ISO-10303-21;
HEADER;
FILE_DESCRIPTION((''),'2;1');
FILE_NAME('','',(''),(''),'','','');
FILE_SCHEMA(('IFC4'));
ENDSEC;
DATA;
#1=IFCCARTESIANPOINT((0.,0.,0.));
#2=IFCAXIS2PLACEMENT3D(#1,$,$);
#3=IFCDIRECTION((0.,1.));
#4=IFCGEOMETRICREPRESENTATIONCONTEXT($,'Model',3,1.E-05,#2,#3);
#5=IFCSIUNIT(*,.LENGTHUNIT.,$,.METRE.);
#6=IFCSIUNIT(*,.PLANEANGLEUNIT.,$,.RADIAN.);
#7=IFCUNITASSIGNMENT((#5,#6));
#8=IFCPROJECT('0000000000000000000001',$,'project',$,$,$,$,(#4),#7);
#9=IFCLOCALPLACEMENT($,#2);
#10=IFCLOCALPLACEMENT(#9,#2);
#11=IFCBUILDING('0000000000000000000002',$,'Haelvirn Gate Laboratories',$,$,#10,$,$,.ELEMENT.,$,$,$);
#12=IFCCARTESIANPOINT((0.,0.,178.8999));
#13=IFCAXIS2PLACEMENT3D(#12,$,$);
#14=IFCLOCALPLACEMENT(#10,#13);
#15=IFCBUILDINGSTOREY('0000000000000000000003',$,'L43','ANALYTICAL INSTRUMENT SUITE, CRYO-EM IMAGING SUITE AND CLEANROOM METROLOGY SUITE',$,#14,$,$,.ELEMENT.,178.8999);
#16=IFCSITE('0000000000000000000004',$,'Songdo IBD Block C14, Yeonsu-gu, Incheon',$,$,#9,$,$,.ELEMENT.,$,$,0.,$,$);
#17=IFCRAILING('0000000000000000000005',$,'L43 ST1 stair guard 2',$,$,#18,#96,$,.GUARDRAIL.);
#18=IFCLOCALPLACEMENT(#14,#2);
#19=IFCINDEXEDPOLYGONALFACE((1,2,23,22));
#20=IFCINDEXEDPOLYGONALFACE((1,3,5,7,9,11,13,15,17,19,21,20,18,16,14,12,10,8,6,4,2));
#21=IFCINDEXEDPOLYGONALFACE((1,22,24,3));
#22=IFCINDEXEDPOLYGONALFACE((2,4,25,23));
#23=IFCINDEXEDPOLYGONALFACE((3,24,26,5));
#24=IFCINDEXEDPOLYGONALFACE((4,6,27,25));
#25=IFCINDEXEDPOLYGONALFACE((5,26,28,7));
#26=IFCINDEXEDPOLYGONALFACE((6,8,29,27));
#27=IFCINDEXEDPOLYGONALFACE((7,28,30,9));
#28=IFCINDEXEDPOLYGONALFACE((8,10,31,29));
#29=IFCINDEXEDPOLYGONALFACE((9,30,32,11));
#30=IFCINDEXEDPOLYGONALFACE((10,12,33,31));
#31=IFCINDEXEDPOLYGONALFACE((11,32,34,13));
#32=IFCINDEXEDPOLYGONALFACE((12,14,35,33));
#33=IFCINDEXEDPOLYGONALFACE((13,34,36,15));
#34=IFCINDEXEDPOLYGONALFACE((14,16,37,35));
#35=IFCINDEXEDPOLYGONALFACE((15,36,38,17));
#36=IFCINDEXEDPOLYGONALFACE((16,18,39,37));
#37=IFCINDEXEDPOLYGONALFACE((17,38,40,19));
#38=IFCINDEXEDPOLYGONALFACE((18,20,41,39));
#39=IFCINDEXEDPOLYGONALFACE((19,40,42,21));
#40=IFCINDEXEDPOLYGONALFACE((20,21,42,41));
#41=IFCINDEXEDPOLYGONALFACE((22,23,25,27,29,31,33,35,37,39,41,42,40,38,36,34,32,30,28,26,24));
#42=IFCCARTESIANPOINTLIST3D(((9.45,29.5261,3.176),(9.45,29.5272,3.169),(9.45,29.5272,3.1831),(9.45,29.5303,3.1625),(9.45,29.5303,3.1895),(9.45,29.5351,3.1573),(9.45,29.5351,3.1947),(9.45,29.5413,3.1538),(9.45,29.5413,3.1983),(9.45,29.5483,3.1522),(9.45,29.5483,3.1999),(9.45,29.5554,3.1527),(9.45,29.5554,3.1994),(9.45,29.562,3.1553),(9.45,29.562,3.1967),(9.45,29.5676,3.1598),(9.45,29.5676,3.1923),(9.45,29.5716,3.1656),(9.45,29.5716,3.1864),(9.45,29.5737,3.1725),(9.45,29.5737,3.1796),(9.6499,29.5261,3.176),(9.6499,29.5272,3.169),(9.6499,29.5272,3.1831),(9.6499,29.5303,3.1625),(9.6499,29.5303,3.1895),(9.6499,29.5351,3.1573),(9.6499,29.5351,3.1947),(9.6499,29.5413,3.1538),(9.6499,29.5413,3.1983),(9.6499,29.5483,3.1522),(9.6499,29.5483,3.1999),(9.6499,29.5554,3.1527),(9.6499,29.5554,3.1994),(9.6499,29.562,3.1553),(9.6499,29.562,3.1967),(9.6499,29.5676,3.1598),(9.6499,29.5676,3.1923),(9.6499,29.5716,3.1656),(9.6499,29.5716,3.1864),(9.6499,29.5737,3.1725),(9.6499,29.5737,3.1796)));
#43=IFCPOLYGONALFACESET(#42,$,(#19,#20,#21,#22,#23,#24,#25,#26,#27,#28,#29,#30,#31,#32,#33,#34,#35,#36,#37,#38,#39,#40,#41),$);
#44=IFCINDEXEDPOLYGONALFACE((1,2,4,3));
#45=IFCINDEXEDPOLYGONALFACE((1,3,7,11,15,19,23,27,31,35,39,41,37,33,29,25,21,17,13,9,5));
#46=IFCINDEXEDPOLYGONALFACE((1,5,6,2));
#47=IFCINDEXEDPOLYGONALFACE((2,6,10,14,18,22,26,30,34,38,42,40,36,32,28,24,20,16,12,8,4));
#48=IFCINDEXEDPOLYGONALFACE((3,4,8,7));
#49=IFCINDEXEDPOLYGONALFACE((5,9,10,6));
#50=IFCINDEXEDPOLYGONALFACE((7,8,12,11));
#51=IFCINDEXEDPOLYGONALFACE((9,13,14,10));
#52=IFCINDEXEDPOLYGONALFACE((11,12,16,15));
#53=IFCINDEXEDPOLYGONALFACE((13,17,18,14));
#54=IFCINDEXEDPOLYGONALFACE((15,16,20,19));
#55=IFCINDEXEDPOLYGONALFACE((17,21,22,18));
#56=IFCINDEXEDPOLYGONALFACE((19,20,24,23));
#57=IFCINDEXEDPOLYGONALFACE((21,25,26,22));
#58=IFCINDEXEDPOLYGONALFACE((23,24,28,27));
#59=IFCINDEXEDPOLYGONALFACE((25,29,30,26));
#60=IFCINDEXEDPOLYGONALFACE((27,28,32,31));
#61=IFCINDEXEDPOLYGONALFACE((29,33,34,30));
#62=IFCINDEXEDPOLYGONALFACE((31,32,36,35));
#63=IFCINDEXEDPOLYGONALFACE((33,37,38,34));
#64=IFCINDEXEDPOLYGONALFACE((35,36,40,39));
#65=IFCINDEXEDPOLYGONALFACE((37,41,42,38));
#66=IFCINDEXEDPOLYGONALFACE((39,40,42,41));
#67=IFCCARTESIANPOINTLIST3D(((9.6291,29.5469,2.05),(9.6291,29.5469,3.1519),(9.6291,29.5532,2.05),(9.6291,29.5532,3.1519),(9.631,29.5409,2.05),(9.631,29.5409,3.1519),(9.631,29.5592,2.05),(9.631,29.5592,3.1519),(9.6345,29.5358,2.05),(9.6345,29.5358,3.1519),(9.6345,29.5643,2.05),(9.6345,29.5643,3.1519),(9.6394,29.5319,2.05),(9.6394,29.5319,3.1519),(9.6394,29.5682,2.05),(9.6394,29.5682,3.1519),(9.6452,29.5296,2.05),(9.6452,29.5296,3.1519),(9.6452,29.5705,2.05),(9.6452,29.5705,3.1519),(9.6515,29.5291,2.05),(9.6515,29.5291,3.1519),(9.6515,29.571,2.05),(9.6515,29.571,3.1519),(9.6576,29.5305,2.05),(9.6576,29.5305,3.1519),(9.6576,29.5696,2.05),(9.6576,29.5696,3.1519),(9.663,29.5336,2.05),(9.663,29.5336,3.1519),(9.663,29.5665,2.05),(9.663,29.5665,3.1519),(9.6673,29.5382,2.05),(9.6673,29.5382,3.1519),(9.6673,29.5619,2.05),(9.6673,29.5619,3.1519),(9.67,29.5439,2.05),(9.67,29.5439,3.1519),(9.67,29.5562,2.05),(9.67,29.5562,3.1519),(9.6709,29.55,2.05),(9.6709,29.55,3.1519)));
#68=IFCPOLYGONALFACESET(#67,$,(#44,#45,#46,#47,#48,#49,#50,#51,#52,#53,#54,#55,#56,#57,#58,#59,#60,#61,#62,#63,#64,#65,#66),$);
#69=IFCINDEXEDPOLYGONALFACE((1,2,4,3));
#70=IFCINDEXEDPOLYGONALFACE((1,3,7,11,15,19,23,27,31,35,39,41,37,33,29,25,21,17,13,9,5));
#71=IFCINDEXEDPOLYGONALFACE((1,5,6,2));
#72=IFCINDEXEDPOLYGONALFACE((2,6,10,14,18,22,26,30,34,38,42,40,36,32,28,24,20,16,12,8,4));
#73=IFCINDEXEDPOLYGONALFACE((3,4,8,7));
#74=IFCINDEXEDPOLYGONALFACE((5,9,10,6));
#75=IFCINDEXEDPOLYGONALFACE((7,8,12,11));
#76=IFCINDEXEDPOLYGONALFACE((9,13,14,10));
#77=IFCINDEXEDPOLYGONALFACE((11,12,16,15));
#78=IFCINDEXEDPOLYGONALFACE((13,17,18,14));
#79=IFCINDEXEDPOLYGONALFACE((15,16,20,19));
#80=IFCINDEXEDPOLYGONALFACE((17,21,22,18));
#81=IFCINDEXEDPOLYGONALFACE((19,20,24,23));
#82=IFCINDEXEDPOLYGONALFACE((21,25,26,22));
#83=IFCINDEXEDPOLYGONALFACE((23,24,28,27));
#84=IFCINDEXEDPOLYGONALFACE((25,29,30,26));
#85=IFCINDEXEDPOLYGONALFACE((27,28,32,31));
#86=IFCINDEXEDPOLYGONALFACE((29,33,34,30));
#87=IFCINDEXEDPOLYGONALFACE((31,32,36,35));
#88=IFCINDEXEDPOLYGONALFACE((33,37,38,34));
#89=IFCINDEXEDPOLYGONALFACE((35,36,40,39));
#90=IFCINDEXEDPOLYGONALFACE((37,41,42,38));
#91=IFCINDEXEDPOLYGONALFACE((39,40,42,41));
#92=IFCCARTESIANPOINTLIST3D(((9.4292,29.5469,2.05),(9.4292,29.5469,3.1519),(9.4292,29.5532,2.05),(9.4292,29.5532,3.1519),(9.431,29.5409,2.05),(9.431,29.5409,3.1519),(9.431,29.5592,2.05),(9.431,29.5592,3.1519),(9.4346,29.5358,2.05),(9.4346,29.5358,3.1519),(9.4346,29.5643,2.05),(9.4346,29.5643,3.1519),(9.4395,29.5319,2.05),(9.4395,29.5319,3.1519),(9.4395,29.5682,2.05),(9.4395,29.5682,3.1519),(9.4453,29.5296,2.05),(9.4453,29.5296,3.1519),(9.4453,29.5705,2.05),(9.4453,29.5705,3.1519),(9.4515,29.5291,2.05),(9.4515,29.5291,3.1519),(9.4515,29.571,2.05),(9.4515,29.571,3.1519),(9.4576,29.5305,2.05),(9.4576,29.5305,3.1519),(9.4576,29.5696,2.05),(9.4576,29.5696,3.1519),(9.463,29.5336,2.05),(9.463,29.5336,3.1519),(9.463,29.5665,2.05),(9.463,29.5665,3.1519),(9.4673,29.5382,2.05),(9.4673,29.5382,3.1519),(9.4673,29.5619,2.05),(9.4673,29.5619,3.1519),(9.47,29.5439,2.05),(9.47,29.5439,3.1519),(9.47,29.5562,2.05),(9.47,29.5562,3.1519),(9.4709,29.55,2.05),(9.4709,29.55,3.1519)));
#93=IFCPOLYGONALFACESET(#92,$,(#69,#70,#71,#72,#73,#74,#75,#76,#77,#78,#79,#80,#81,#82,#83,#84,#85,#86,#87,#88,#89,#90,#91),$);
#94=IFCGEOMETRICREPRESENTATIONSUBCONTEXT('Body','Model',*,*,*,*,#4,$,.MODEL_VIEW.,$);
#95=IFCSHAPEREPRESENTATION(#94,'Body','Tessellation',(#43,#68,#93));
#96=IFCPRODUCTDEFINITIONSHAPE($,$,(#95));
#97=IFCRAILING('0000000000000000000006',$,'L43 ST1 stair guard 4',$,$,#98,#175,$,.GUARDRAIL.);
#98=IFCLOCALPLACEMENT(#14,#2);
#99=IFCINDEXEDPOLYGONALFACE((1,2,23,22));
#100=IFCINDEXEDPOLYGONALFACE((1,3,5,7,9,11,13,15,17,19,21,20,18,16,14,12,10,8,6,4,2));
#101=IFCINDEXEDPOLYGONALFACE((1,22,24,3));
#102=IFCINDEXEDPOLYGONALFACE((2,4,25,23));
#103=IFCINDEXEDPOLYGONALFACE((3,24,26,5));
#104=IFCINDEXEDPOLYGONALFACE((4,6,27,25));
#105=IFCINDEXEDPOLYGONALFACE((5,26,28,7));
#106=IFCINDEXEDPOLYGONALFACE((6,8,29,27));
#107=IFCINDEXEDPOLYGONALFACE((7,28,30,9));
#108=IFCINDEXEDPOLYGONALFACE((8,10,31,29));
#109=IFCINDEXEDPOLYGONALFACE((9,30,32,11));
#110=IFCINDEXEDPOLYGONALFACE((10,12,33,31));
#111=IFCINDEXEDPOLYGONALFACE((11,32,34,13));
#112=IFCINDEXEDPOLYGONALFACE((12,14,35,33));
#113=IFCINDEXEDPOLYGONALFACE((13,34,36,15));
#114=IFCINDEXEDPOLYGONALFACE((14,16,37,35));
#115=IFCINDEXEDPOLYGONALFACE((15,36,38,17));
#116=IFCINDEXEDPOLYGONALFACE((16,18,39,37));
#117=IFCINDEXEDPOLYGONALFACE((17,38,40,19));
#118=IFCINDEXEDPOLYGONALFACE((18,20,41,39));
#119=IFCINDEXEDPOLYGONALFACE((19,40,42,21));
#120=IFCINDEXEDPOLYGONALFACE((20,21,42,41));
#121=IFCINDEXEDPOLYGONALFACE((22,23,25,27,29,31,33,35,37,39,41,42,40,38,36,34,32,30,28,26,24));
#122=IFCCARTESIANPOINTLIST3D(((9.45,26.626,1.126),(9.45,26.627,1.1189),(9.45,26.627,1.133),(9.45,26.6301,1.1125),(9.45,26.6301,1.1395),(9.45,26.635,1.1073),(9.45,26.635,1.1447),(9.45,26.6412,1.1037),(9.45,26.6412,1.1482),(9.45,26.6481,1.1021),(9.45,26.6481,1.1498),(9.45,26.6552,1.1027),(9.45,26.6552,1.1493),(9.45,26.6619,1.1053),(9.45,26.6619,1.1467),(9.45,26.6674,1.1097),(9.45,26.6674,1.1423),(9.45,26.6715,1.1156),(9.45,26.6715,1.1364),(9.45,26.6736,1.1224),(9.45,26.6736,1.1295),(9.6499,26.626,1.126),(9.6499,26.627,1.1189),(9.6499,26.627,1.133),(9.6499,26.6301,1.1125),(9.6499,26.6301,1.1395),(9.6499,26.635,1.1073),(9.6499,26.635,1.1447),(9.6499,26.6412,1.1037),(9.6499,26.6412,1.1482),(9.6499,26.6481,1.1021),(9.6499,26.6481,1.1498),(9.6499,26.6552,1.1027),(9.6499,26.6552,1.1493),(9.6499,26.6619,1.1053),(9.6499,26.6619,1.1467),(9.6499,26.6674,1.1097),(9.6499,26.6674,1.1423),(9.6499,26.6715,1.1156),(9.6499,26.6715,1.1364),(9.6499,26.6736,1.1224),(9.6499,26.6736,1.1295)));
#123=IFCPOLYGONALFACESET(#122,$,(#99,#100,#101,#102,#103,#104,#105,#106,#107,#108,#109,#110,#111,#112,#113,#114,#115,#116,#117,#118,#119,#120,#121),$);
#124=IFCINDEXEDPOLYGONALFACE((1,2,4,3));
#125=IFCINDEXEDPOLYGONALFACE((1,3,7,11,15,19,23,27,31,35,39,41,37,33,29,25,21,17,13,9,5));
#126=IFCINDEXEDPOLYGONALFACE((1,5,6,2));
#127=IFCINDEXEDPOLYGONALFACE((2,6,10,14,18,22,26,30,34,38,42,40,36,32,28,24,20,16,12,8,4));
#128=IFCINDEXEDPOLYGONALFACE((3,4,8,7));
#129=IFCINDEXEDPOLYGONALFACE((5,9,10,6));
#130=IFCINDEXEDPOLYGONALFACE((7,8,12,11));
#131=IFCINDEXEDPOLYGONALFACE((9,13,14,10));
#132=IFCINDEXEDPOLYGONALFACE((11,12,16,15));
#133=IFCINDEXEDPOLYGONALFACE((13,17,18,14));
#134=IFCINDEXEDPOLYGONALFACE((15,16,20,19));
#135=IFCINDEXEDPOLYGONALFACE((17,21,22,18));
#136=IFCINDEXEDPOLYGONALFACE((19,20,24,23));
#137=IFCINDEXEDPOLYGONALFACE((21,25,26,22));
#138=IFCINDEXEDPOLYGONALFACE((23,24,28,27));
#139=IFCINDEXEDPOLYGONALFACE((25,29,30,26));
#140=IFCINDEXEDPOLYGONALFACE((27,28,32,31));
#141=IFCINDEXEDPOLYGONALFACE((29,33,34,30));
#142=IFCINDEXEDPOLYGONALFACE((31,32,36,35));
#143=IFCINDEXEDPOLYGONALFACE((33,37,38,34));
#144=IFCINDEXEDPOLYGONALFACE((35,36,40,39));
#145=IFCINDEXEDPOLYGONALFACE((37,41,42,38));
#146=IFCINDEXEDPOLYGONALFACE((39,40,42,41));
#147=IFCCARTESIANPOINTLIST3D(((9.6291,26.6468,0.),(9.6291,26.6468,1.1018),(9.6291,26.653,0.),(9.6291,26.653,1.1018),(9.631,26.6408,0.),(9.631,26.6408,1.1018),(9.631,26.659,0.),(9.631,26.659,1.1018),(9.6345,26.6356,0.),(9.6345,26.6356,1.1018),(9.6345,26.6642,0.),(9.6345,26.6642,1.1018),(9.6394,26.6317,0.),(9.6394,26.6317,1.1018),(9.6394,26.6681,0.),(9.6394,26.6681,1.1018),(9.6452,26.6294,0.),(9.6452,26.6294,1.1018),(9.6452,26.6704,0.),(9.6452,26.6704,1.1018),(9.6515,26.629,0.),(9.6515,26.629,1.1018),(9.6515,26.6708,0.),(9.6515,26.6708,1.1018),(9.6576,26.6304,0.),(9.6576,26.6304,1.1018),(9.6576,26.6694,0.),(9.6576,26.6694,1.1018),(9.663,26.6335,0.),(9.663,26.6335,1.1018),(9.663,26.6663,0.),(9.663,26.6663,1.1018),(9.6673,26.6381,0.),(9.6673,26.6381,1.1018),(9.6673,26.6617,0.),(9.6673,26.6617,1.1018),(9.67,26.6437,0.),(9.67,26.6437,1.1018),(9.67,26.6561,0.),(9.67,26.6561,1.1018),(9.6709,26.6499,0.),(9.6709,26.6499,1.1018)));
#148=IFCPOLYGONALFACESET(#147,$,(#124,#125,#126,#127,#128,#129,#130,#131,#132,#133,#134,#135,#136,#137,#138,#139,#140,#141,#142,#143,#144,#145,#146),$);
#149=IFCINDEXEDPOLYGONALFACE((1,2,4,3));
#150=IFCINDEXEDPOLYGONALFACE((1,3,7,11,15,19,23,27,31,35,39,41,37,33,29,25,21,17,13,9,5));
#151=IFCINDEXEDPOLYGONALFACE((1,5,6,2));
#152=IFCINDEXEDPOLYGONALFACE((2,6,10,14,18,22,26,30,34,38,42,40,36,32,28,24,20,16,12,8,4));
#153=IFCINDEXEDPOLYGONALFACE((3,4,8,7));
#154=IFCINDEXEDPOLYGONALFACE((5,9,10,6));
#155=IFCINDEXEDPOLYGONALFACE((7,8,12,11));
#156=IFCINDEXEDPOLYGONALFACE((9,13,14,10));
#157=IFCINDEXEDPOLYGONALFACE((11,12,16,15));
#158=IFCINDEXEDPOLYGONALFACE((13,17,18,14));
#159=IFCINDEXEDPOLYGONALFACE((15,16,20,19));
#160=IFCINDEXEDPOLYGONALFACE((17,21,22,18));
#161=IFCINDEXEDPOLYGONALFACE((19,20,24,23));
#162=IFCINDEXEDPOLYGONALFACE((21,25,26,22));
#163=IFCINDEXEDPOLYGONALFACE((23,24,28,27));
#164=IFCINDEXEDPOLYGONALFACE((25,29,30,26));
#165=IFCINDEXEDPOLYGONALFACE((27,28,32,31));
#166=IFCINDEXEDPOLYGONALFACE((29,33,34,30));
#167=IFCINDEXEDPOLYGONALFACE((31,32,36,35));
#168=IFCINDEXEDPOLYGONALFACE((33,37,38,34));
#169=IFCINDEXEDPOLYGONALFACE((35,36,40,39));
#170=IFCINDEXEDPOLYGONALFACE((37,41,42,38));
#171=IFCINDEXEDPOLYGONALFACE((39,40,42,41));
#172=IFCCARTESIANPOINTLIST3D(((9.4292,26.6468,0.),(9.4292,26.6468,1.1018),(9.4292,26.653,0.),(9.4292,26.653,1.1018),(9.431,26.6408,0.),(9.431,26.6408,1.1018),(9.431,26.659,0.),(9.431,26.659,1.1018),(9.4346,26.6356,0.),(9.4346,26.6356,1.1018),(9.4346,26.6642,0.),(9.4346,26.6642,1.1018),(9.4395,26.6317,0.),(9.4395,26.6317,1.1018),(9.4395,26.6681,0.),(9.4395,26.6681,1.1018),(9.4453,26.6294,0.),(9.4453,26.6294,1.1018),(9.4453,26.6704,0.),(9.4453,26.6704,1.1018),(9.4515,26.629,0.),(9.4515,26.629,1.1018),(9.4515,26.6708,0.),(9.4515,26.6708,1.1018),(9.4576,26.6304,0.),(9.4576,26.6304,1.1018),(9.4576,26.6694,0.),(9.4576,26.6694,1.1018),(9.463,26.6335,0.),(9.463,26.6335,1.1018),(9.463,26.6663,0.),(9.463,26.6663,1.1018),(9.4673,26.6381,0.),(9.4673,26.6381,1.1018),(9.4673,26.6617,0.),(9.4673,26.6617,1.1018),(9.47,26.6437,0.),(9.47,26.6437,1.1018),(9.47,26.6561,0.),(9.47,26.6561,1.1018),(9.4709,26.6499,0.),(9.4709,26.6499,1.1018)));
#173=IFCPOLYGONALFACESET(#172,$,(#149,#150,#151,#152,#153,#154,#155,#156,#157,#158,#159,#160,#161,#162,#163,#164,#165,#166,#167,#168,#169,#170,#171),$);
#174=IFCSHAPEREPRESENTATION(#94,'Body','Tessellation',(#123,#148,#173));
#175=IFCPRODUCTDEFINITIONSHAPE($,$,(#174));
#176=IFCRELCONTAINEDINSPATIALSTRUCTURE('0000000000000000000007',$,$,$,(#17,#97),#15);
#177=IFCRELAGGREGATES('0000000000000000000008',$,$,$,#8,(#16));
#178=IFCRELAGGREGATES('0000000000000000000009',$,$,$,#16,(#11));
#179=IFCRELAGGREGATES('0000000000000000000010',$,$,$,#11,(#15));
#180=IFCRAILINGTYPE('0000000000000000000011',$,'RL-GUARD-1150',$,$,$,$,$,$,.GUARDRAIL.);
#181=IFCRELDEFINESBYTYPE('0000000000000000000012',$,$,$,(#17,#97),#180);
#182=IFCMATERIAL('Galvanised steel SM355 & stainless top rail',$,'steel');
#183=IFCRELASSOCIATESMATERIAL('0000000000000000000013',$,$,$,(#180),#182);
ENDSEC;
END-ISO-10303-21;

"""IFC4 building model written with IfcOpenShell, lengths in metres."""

from ifc_helpers import new_model, si_unit, direction, frame, origin, origin_2d, place, context, subcontext, project, spatial, circle, extrude, source, transform, mapped, material, type_object, element, save


model = new_model("IFC4")

# Units and contexts
model_context = context("Model", 3, precision=1e-05, world=origin(), true_north=direction((0.0, 1.0)))
body_context = subcontext(model_context, "Body", "Model", "MODEL_VIEW")
ifc_project = project(units=[si_unit("LENGTHUNIT", "METRE"), si_unit("PLANEANGLEUNIT", "RADIAN")], contexts=[model_context])

# Site, building, storey
site_placement = place(None, origin())
site = spatial("IfcSite", under=ifc_project, at=site_placement, Name="Songdo IBD Block C14, Yeonsu-gu, Incheon", CompositionType="ELEMENT", RefElevation=0.0)
building_placement = place(site_placement, origin())
building = spatial("IfcBuilding", under=site, at=building_placement, Name="Haelvirn Gate Laboratories", CompositionType="ELEMENT")
storey_placement = place(building_placement, frame((0.0, 0.0, 178.8999)))
storey = spatial("IfcBuildingStorey", under=building, at=storey_placement, Name="L43", Description="ANALYTICAL INSTRUMENT SUITE, CRYO-EM IMAGING SUITE AND CLEANROOM METROLOGY SUITE", CompositionType="ELEMENT", Elevation=178.8999)

# Railings
ifc_material_1 = material(Name="Galvanised steel SM355 & stainless top rail", Category="steel")
railing_type_1 = type_object("IfcRailingType", Name="RL-GUARD-1150", PredefinedType="GUARDRAIL", material=ifc_material_1)
shared_shape_1 = source(origin(), body_context, "Body", "SweptSolid", [
    extrude(circle(Radius=0.0239, at=origin_2d()), frame((0.0, 0.0, 1.126), z_axis=(-1.0, 0.0, 0.0), x_axis=(0.0, -1.0, 0.0)), (0.0, 0.0, 1.0), 0.2),
    extrude(circle(Radius=0.021, at=origin_2d()), origin(), (0.0, 0.0, 1.0), 1.1018),
    extrude(circle(Radius=0.021, at=origin_2d()), frame((-0.2, 0.0, 0.0)), (0.0, 0.0, 1.0), 1.1018),
])
for number, where, name in (
    (1, (9.6499, 29.55, 2.05), "L43 ST1 stair guard 2"),
    (2, (9.6499, 26.6499, 0.0), "L43 ST1 stair guard 4"),
):
    element("IfcRailing", number, at=place(storey_placement, frame(where)), inside=storey, type_object=railing_type_1, Name=name, PredefinedType="GUARDRAIL", context=body_context, shape_type="MappedRepresentation", body=[
        mapped(shared_shape_1, transform((0.0, 0.0, 0.0), scale=1.0)),
    ])

save(model, "model.ifc")
